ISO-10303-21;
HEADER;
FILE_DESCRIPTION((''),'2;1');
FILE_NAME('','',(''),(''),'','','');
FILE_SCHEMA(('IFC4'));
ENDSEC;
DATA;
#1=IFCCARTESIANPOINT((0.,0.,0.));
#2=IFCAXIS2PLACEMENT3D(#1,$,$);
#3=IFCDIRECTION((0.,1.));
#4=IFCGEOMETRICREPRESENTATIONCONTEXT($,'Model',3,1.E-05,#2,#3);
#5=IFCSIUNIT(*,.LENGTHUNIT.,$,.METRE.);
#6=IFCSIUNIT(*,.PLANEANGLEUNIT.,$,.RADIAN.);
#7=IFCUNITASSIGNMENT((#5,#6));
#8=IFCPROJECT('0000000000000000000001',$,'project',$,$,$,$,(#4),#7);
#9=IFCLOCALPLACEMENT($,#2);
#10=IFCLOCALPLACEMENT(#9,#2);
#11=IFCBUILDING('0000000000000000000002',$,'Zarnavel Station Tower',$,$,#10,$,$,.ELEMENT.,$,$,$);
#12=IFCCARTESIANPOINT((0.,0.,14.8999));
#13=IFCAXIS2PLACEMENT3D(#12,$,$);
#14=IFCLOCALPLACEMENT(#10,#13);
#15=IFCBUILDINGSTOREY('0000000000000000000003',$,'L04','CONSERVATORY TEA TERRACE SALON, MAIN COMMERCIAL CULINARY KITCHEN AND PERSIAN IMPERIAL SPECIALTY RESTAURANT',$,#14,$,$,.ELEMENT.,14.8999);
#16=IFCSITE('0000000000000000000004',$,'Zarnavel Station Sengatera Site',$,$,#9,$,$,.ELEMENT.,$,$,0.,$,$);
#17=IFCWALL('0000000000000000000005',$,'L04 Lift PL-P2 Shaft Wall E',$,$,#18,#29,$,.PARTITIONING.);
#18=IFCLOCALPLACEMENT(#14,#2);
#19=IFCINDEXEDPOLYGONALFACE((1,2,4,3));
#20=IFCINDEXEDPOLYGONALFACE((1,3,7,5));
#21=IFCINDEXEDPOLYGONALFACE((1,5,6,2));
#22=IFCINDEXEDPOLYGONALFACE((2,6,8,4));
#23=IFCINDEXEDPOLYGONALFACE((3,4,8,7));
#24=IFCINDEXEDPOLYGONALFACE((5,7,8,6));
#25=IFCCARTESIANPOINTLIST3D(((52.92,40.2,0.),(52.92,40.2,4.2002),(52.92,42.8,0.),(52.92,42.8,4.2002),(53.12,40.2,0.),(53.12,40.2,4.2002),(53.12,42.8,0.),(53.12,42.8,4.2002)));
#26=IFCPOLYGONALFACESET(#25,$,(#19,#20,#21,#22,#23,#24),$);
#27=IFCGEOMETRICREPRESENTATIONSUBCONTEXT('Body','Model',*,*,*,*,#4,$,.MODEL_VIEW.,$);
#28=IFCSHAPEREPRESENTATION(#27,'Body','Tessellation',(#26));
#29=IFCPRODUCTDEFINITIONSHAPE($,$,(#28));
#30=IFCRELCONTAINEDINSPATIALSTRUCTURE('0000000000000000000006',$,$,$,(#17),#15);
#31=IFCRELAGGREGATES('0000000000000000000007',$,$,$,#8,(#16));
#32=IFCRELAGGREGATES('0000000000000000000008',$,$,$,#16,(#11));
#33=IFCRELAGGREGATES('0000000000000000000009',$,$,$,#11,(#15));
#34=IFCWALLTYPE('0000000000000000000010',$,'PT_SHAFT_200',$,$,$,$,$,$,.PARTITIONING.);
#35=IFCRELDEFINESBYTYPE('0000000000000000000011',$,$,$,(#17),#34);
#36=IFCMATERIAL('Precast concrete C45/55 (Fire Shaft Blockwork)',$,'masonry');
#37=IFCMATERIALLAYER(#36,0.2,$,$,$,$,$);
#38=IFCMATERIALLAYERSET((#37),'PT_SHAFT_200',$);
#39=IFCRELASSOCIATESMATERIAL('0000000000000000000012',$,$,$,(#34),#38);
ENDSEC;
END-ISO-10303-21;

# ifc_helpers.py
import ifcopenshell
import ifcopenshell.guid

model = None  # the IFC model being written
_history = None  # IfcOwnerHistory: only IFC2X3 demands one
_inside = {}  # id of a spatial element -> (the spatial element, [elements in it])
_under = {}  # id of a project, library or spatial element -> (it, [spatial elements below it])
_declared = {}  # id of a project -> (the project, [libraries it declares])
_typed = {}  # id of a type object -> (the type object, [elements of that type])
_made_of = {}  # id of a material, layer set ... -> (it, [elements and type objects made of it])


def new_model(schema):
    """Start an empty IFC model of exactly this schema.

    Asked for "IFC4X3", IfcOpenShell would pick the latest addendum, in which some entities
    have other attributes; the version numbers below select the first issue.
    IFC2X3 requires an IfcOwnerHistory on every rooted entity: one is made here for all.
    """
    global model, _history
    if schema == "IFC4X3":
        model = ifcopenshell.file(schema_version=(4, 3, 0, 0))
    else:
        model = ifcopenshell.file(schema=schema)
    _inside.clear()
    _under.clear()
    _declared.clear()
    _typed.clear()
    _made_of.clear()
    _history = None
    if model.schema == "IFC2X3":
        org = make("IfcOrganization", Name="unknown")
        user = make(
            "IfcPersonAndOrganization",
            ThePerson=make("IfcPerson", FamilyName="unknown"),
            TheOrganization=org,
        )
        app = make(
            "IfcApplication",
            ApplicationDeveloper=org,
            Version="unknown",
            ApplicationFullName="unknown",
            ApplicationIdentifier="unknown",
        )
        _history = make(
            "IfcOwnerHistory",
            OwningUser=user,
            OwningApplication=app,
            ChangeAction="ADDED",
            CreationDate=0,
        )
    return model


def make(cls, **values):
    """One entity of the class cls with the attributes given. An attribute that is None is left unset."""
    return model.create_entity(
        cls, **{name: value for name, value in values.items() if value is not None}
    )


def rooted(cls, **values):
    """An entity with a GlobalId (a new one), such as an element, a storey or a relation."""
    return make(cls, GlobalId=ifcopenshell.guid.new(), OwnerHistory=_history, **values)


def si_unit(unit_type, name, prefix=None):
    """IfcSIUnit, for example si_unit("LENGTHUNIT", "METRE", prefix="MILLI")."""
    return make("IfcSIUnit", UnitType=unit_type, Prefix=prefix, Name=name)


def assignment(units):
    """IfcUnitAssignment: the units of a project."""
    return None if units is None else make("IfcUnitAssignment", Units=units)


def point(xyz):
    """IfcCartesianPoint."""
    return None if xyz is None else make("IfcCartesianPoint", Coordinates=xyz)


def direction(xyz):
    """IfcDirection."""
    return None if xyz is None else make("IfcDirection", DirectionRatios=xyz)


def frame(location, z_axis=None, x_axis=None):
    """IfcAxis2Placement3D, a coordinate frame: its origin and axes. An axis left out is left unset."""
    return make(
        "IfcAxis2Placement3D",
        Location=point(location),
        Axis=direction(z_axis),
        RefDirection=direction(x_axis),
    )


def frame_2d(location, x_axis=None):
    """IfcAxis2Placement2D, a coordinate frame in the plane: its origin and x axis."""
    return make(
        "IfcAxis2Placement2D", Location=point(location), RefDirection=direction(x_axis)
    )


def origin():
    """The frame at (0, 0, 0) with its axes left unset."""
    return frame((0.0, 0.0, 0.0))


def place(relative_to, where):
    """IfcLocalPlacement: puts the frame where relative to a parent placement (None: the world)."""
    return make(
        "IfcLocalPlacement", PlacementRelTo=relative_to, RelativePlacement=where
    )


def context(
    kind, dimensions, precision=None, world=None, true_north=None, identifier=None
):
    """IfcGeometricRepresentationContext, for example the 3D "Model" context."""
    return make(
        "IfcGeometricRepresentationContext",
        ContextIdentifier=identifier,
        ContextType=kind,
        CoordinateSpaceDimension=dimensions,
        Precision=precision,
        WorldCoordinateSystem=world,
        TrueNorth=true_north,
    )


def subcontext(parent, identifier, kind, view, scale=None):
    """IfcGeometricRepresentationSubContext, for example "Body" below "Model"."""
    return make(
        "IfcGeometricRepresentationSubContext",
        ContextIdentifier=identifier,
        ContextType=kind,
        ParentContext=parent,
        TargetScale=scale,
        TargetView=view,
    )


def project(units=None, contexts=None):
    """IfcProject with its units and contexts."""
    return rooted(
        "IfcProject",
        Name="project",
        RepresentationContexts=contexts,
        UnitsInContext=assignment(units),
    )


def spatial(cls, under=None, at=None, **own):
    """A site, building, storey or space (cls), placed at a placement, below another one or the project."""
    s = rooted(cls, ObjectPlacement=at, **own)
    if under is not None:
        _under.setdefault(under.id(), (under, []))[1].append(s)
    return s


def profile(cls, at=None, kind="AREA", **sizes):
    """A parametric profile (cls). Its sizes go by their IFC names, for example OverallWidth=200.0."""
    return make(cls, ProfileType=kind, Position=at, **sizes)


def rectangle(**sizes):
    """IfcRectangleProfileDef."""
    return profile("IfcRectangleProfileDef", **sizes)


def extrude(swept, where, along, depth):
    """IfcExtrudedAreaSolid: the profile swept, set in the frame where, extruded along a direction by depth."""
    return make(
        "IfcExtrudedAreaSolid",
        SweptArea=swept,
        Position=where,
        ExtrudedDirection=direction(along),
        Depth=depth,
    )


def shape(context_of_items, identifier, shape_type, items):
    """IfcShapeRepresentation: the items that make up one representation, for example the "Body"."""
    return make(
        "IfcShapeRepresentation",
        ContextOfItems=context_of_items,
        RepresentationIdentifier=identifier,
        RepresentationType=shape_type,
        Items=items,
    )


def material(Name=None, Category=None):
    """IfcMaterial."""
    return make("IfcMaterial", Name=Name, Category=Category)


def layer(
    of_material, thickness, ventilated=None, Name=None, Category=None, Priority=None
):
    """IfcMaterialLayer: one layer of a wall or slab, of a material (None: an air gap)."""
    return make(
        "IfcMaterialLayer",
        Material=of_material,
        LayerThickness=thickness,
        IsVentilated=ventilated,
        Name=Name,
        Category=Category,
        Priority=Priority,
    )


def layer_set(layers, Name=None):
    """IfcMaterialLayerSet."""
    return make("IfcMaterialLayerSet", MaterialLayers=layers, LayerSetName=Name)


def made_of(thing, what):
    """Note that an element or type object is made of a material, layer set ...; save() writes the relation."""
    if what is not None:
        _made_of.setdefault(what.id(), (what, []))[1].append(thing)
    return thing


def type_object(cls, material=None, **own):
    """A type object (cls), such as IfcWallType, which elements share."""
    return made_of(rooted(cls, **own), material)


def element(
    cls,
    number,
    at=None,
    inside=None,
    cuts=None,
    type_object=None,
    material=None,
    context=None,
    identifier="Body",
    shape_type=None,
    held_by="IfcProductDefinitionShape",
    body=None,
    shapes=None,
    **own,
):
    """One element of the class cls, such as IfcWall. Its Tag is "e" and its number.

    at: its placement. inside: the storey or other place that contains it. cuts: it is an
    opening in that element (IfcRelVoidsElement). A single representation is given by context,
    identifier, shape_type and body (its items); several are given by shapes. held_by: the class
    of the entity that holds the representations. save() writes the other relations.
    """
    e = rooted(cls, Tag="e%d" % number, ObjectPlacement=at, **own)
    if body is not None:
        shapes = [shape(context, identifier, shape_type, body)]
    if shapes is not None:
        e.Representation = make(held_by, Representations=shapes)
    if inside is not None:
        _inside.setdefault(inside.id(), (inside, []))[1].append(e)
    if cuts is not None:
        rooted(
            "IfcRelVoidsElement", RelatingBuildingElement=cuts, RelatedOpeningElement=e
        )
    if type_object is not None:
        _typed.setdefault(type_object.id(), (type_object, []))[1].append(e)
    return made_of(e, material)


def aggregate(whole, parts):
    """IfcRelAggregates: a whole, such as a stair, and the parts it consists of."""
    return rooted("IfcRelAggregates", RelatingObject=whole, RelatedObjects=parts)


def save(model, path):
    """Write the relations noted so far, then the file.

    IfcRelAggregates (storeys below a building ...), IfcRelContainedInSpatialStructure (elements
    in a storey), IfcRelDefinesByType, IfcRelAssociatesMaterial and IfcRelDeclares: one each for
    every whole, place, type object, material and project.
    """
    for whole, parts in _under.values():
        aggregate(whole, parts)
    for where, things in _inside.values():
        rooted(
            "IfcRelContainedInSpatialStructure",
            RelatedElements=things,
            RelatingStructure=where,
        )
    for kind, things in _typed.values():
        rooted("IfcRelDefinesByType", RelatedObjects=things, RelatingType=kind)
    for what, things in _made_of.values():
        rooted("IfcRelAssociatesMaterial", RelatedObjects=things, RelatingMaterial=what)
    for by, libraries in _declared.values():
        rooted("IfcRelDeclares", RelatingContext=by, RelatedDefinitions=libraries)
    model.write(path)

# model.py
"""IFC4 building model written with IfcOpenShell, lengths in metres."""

from ifc_helpers import new_model, si_unit, direction, frame, frame_2d, origin, place, context, subcontext, project, spatial, rectangle, extrude, material, layer, layer_set, type_object, element, save


model = new_model("IFC4")

# Units and contexts
model_context = context("Model", 3, precision=1e-05, world=origin(), true_north=direction((0.0, 1.0)))
body_context = subcontext(model_context, "Body", "Model", "MODEL_VIEW")
ifc_project = project(units=[si_unit("LENGTHUNIT", "METRE"), si_unit("PLANEANGLEUNIT", "RADIAN")], contexts=[model_context])

# Site, building, storey
site_placement = place(None, origin())
site = spatial("IfcSite", under=ifc_project, at=site_placement, Name="Zarnavel Station Sengatera Site", CompositionType="ELEMENT", RefElevation=0.0)
building_placement = place(site_placement, origin())
building = spatial("IfcBuilding", under=site, at=building_placement, Name="Zarnavel Station Tower", CompositionType="ELEMENT")
storey_placement = place(building_placement, frame((0.0, 0.0, 14.8999)))
storey = spatial("IfcBuildingStorey", under=building, at=storey_placement, Name="L04", Description="CONSERVATORY TEA TERRACE SALON, MAIN COMMERCIAL CULINARY KITCHEN AND PERSIAN IMPERIAL SPECIALTY RESTAURANT", CompositionType="ELEMENT", Elevation=14.8999)

# Shared definitions
ifc_material_1 = material(Name="Precast concrete C45/55 (Fire Shaft Blockwork)", Category="masonry")
ifc_layer_1 = layer(ifc_material_1, 0.2)
ifc_layer_set_1 = layer_set([ifc_layer_1], Name="PT_SHAFT_200")
wall_type_1 = type_object("IfcWallType", Name="PT_SHAFT_200", PredefinedType="PARTITIONING", material=ifc_layer_set_1)

# Wall
wall_1_placement = place(storey_placement, frame((53.02, 40.2, 0.0), z_axis=(0.0, 0.0, 1.0), x_axis=(0.0, 1.0, 0.0)))
element("IfcWall", 1, at=wall_1_placement, inside=storey, type_object=wall_type_1, Name="L04 Lift PL-P2 Shaft Wall E", PredefinedType="PARTITIONING", context=body_context, shape_type="SweptSolid", body=[
    extrude(rectangle(XDim=2.6001, YDim=0.2, at=frame_2d((1.3, 0.0))), origin(), (0.0, 0.0, 1.0), 4.2002),
])

save(model, "model.ifc")
